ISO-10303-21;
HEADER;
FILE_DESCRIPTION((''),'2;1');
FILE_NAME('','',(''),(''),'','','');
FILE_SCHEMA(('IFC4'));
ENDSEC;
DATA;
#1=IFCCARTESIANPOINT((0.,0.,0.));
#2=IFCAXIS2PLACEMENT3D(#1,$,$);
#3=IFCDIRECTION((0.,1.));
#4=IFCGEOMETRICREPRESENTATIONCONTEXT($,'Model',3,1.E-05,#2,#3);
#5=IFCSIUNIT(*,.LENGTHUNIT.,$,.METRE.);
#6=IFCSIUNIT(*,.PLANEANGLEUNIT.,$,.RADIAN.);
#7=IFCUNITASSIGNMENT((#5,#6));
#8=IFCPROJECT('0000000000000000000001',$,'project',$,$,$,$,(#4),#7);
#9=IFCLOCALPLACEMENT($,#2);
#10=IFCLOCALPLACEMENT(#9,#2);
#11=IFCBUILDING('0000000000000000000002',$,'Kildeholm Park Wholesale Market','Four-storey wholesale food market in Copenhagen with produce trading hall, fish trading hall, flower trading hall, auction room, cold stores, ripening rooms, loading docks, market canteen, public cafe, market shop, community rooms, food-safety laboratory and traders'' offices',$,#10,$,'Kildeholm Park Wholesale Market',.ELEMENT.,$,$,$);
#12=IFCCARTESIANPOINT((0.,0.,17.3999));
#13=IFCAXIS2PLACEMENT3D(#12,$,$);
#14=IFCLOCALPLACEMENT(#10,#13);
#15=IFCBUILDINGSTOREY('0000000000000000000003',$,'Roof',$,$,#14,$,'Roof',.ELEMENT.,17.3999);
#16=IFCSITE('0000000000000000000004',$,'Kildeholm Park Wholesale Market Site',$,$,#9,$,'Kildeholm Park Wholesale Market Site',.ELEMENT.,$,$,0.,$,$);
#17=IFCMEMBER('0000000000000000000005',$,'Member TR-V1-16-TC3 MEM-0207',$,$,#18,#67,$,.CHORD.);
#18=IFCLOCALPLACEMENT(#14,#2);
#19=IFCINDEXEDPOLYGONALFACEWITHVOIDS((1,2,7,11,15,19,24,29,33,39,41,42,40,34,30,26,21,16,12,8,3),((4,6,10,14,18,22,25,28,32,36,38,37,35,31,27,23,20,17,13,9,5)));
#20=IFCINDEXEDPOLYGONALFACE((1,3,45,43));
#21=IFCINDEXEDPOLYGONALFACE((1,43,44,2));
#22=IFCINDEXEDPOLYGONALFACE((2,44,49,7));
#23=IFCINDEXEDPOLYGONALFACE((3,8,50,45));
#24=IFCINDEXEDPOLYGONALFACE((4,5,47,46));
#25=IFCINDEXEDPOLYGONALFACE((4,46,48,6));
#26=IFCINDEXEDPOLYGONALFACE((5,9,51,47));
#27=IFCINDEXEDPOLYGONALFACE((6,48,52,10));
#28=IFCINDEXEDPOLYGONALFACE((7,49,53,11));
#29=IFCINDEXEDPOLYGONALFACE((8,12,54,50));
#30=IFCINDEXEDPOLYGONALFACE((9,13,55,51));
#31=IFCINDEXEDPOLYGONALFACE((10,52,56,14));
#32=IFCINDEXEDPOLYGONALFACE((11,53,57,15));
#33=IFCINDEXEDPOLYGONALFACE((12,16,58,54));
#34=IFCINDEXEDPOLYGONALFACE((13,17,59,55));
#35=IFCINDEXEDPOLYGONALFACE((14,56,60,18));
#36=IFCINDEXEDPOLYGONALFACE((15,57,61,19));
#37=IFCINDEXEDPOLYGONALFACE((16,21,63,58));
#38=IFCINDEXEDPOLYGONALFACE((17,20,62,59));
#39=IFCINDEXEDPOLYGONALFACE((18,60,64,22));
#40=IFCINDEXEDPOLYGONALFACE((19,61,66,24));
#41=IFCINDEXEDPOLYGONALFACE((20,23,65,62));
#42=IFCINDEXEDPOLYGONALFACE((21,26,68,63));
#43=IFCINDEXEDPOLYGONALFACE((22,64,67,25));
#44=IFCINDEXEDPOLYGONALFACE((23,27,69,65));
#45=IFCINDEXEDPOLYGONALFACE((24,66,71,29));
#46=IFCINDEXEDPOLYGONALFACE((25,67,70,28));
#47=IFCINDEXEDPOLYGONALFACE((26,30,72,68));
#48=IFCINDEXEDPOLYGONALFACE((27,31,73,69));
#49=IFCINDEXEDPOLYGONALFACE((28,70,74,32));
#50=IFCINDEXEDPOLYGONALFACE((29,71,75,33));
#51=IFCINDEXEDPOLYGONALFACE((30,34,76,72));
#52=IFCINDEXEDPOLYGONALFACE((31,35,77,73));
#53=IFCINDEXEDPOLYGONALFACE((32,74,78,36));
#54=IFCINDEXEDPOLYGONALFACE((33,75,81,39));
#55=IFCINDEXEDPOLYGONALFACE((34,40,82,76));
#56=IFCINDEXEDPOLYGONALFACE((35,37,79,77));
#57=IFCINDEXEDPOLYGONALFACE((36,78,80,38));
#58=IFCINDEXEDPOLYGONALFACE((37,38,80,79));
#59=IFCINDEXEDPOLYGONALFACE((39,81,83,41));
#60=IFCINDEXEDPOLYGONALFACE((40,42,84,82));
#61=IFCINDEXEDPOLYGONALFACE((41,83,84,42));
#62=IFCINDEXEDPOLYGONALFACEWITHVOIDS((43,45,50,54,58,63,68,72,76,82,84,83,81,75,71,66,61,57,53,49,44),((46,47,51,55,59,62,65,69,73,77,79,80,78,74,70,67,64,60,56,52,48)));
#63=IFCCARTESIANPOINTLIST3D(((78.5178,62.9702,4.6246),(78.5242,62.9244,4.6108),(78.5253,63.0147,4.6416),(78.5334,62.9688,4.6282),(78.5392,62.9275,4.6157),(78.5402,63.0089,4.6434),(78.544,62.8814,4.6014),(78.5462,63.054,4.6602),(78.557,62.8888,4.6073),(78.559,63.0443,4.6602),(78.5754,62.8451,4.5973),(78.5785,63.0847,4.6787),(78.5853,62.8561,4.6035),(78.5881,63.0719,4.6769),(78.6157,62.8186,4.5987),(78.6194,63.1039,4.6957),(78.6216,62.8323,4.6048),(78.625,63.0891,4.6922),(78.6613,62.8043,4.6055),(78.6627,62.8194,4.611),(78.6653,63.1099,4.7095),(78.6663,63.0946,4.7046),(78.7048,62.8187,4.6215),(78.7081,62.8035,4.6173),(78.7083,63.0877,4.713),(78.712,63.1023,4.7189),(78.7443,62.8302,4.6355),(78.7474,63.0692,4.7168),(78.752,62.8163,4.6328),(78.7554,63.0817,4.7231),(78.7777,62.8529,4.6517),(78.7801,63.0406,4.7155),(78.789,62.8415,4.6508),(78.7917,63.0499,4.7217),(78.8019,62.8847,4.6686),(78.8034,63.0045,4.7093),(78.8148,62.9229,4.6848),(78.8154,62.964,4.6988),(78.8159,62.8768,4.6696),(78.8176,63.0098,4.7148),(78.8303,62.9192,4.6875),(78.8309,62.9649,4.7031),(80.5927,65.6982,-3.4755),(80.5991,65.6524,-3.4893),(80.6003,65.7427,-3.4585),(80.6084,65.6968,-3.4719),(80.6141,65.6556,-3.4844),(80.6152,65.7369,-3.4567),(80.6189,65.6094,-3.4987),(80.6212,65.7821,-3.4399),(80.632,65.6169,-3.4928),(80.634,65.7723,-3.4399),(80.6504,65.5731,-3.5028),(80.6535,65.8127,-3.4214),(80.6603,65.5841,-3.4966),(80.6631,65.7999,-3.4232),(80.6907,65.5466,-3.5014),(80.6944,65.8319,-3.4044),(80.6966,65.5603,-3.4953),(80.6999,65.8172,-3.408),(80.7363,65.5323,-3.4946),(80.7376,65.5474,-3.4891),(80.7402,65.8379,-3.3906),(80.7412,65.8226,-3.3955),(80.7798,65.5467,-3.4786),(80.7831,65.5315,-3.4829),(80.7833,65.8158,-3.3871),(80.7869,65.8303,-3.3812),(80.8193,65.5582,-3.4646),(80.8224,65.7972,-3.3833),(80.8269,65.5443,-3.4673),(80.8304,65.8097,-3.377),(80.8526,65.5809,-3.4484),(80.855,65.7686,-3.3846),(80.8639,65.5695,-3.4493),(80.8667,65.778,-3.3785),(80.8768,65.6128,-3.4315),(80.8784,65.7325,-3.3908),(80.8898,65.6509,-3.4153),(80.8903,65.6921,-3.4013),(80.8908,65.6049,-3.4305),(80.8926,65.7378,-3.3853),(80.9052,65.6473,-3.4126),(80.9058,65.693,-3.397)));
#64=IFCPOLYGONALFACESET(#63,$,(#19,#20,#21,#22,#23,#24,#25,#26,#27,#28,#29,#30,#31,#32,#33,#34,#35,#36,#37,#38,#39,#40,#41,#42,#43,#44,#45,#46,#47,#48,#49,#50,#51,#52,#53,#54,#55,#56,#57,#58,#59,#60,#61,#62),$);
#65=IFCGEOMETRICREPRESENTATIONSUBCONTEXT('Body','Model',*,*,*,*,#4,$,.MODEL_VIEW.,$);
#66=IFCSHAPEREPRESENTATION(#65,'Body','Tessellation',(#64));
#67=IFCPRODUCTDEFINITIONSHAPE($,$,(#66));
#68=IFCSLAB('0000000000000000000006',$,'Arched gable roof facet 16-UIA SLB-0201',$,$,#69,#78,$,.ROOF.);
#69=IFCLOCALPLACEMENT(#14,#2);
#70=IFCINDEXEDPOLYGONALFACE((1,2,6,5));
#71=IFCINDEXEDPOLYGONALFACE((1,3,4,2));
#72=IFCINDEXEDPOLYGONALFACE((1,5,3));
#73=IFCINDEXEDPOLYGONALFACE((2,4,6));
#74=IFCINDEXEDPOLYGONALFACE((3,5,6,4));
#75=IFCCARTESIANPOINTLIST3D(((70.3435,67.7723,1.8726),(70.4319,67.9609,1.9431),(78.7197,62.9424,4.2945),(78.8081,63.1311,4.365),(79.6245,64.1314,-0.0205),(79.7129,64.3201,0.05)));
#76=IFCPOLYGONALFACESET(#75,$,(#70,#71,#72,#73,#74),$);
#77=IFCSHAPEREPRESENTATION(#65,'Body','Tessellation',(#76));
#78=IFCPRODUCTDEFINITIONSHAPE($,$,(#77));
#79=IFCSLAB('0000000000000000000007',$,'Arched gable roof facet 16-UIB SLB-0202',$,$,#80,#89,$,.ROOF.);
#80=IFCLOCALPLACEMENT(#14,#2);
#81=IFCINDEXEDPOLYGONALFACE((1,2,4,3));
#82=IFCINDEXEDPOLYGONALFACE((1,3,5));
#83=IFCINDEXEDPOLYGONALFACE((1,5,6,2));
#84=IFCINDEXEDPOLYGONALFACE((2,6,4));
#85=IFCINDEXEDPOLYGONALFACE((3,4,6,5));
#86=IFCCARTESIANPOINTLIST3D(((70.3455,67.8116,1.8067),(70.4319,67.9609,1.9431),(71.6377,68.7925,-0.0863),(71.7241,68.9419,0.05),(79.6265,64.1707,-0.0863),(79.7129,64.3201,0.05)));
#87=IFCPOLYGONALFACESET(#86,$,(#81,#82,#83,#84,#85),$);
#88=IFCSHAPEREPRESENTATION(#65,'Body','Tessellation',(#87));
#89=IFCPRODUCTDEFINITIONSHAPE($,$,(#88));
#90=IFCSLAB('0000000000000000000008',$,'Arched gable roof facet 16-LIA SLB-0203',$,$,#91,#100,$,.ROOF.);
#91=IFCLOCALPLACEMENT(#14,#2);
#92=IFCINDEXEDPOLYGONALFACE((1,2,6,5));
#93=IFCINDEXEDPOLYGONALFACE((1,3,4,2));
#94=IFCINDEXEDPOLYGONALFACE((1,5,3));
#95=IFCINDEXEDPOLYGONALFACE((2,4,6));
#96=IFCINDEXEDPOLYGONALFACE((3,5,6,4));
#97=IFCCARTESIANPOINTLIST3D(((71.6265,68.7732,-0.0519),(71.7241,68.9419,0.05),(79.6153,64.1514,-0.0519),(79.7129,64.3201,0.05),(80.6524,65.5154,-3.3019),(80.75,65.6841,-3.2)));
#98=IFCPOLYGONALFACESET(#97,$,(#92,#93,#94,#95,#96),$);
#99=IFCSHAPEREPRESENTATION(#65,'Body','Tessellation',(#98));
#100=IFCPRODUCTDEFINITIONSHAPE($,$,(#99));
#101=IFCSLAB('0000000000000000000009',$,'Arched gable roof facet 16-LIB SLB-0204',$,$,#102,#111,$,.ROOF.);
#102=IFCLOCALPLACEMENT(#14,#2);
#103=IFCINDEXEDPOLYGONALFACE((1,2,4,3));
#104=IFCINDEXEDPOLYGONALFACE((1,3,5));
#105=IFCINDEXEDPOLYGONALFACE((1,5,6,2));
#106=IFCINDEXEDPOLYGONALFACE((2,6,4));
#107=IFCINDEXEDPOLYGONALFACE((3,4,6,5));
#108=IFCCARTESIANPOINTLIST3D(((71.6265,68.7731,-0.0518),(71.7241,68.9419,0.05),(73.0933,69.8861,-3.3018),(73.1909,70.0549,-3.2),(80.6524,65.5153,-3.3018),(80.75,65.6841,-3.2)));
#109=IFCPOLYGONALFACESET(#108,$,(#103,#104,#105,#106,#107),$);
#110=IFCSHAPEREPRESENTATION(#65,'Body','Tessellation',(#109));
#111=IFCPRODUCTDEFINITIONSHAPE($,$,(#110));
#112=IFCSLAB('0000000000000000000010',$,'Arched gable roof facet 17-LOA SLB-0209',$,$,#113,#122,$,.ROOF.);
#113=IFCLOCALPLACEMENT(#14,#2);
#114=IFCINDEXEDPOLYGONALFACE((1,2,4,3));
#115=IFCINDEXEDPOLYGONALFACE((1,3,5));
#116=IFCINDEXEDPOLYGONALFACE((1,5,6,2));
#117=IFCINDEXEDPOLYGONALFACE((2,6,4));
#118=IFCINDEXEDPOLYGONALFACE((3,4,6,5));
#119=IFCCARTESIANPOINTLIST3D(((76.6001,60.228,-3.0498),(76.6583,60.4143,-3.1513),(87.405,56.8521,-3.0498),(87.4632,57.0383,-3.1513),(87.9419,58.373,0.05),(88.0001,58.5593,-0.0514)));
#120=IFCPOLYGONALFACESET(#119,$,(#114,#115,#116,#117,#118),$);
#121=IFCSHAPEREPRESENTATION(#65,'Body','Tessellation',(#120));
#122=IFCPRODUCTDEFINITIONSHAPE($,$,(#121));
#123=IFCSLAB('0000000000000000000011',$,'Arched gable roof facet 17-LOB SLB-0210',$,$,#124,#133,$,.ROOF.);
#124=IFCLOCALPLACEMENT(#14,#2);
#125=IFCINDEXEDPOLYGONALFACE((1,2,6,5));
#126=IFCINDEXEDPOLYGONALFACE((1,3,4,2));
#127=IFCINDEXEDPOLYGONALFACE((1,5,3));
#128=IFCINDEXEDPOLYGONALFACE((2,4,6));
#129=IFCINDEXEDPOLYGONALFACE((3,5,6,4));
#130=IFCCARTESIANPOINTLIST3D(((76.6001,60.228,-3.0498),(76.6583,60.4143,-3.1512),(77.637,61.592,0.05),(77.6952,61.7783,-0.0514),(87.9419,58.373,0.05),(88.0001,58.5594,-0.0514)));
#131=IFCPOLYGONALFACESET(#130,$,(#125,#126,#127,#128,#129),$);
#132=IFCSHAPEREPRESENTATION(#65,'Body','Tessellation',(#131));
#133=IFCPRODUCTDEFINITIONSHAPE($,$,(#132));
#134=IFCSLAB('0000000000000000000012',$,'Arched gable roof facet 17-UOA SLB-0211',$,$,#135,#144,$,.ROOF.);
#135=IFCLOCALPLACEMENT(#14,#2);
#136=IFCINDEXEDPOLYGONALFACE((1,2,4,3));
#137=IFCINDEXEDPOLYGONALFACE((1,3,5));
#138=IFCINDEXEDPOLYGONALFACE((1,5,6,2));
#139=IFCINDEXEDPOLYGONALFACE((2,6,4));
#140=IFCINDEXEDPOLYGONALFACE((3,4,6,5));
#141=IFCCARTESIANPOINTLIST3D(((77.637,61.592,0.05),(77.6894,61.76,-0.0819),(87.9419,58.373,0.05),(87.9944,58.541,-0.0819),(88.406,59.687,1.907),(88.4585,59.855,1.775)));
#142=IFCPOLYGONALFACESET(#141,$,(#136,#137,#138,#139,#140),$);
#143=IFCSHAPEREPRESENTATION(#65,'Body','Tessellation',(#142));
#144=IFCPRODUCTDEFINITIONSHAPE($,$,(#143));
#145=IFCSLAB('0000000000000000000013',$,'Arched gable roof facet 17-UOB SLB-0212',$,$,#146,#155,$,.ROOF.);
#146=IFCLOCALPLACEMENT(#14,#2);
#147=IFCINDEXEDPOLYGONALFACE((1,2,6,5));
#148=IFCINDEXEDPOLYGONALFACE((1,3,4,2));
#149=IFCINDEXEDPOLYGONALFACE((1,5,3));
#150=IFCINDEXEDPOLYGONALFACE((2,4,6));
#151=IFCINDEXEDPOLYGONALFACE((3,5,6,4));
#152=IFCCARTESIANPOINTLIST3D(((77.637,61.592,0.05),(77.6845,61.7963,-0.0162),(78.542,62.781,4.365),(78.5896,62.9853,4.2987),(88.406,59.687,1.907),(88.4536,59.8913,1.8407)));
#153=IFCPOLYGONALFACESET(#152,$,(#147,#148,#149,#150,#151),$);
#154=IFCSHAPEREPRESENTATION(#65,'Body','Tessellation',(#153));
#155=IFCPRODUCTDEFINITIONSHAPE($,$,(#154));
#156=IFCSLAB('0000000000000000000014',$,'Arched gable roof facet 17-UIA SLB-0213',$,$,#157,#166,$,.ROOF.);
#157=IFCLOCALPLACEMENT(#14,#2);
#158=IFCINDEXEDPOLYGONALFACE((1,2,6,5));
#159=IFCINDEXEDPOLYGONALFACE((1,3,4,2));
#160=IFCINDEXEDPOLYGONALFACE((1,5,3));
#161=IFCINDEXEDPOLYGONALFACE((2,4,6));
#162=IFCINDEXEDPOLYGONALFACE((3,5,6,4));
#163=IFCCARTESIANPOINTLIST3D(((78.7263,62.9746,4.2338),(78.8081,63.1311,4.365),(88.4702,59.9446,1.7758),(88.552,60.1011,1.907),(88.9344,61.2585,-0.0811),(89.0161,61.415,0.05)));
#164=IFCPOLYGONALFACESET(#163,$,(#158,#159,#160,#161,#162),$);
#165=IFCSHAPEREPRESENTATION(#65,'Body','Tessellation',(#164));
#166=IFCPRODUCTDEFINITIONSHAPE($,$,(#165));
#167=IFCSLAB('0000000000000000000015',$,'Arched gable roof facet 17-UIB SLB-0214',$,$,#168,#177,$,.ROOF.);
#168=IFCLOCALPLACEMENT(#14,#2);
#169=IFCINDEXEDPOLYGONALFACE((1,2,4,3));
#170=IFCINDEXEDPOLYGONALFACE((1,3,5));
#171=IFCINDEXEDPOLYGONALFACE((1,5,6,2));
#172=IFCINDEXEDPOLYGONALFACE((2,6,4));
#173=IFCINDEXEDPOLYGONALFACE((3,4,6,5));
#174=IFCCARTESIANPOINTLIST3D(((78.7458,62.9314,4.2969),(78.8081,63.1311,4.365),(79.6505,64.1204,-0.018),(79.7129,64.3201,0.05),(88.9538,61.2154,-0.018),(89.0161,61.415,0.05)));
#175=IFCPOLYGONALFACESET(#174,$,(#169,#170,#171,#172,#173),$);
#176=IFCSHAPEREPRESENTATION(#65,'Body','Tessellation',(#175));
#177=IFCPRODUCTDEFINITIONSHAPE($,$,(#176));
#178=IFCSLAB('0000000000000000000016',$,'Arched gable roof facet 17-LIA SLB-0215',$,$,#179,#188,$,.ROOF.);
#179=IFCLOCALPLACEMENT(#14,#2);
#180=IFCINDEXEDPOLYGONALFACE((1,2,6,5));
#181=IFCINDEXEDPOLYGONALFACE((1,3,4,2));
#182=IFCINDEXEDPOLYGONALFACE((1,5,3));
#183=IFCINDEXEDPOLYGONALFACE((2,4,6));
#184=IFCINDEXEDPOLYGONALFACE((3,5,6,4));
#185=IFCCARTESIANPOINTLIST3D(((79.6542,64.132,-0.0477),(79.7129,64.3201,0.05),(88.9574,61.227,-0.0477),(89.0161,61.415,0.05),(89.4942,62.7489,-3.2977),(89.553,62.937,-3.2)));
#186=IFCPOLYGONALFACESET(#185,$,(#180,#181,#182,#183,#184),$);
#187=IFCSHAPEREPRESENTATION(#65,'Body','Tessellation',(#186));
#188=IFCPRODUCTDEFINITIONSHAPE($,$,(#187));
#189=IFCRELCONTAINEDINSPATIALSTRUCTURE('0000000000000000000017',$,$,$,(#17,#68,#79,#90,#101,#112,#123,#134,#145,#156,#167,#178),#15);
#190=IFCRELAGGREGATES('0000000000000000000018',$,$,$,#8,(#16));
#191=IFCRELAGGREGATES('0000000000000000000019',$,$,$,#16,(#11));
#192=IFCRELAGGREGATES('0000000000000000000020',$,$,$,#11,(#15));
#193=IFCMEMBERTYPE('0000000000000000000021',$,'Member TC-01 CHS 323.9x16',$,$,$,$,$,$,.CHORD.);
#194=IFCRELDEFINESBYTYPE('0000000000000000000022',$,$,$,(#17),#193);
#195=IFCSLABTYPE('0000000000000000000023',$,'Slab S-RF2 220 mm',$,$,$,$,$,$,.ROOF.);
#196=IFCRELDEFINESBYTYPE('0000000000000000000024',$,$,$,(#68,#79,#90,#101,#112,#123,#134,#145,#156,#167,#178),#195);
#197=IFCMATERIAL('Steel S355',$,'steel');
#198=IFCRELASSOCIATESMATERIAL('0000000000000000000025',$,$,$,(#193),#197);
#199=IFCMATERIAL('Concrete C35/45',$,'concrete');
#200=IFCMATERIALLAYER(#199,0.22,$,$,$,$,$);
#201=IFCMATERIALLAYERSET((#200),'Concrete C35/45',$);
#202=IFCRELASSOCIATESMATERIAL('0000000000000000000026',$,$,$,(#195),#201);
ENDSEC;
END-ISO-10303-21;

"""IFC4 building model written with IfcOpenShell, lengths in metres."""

from ifc_helpers import new_model, si_unit, direction, frame, origin, origin_2d, place, context, subcontext, project, spatial, polyline, hollow_circle, outline, extrude, material, layer, layer_set, material_profile, profile_set, type_object, element, save


model = new_model("IFC4")

# Units and contexts
model_context = context("Model", 3, precision=1e-05, world=origin(), true_north=direction((0.0, 1.0)))
body_context = subcontext(model_context, "Body", "Model", "MODEL_VIEW")
ifc_project = project(units=[si_unit("LENGTHUNIT", "METRE"), si_unit("PLANEANGLEUNIT", "RADIAN")], contexts=[model_context])

# Site, building, storey
site_placement = place(None, origin())
site = spatial("IfcSite", under=ifc_project, at=site_placement, Name="Kildeholm Park Wholesale Market Site", LongName="Kildeholm Park Wholesale Market Site", CompositionType="ELEMENT", RefElevation=0.0)
building_placement = place(site_placement, origin())
building = spatial("IfcBuilding", under=site, at=building_placement, Name="Kildeholm Park Wholesale Market", Description="Four-storey wholesale food market in Copenhagen with produce trading hall, fish trading hall, flower trading hall, auction room, cold stores, ripening rooms, loading docks, market canteen, public cafe, market shop, community rooms, food-safety laboratory and traders' offices", LongName="Kildeholm Park Wholesale Market", CompositionType="ELEMENT")
storey_placement = place(building_placement, frame((0.0, 0.0, 17.3999)))
storey = spatial("IfcBuildingStorey", under=building, at=storey_placement, Name="Roof", LongName="Roof", CompositionType="ELEMENT", Elevation=17.3999)

# Member
ifc_material_1 = material(Name="Steel S355", Category="steel")
ifc_material_profile_1 = material_profile(ifc_material_1, hollow_circle(Radius=0.1619, WallThickness=0.0161, at=origin_2d()), Name="CHS 323.9x16")
ifc_profile_set_1 = profile_set([ifc_material_profile_1], Name="Steel S355")
member_type_1 = type_object("IfcMemberType", Name="Member TC-01 CHS 323.9x16", PredefinedType="CHORD", material=ifc_profile_set_1)
member_1_placement = place(storey_placement, frame((78.675, 62.9561, 4.6602), z_axis=(0.235913, 0.310165, -0.920947), x_axis=(-0.79593, 0.605388, 0.0)))
element("IfcMember", 1, at=member_1_placement, inside=storey, type_object=member_type_1, Name="Member TR-V1-16-TC3 MEM-0207", PredefinedType="CHORD", context=body_context, shape_type="SweptSolid", body=[
    extrude(hollow_circle(Radius=0.1619, WallThickness=0.0161, at=origin_2d()), origin(), (0.0, 0.0, 1.0), 8.7954),
])

# Slabs
ifc_material_2 = material(Name="Concrete C35/45", Category="concrete")
ifc_layer_1 = layer(ifc_material_2, 0.22)
ifc_layer_set_1 = layer_set([ifc_layer_1], Name="Concrete C35/45")
slab_type = type_object("IfcSlabType", Name="Slab S-RF2 220 mm", PredefinedType="ROOF", material=ifc_layer_set_1)
slab_1_placement = place(storey_placement, frame((70.4319, 67.9609, 1.9431), z_axis=(0.401877, 0.857731, 0.320613), x_axis=(0.840341, -0.484551, 0.242974)))
element("IfcSlab", 2, at=slab_1_placement, inside=storey, type_object=slab_type, Name="Arched gable roof facet 16-UIA SLB-0201", PredefinedType="ROOF", context=body_context, shape_type="SweptSolid", body=[
    extrude(outline(polyline([(0.0, 0.0), (9.9676, 0.0), (9.1034, 4.4838), (0.0, 0.0)])), origin(), (0.0, 0.0, -1.0), 0.22),
])
slab_2_placement = place(storey_placement, frame((70.4319, 67.9609, 1.9431), z_axis=(0.392877, 0.679084, 0.620075), x_axis=(0.914588, -0.358786, -0.18655)))
element("IfcSlab", 3, at=slab_2_placement, inside=storey, type_object=slab_type, Name="Arched gable roof facet 16-UIB SLB-0202", PredefinedType="ROOF", context=body_context, shape_type="SweptSolid", body=[
    extrude(outline(polyline([(0.0, 0.0), (10.1477, 0.0), (1.1831, 2.1946), (0.0, 0.0)])), origin(), (0.0, 0.0, -1.0), 0.22),
])
slab_3_placement = place(storey_placement, frame((71.7241, 68.9419, 0.05), z_axis=(0.443733, 0.766986, 0.463501), x_axis=(0.865579, -0.500772, 0.0)))
element("IfcSlab", 4, at=slab_3_placement, inside=storey, type_object=slab_type, Name="Arched gable roof facet 16-LIA SLB-0203", PredefinedType="ROOF", context=body_context, shape_type="SweptSolid", body=[
    extrude(outline(polyline([(0.0, 0.0), (9.2294, 0.0), (9.444, 3.6678), (0.0, 0.0)])), origin(), (0.0, 0.0, -1.0), 0.22),
])
slab_4_placement = place(storey_placement, frame((71.7241, 68.9419, 0.05), z_axis=(0.443676, 0.767308, 0.463023), x_axis=(0.890894, -0.321561, -0.320789)))
element("IfcSlab", 5, at=slab_4_placement, inside=storey, type_object=slab_type, Name="Arched gable roof facet 16-LIB SLB-0204", PredefinedType="ROOF", context=body_context, shape_type="SweptSolid", body=[
    extrude(outline(polyline([(0.0, 0.0), (10.1313, 0.0), (1.9914, 3.1602), (0.0, 0.0)])), origin(), (0.0, 0.0, -1.0), 0.22),
])
slab_5_placement = place(storey_placement, frame((76.6001, 60.228, -3.0498), z_axis=(-0.264595, -0.846847, 0.461345), x_axis=(0.954494, -0.29823, 0.0)))
element("IfcSlab", 6, at=slab_5_placement, inside=storey, type_object=slab_type, Name="Arched gable roof facet 17-LOA SLB-0209", PredefinedType="ROOF", context=body_context, shape_type="SweptSolid", body=[
    extrude(outline(polyline([(0.0, 0.0), (11.3201, 0.0), (11.3789, 3.4939), (0.0, 0.0)])), origin(), (0.0, 0.0, -1.0), 0.22),
])
slab_6_placement = place(storey_placement, frame((76.6001, 60.228, -3.0498), z_axis=(-0.264565, -0.84695, 0.461173), x_axis=(0.952835, -0.155839, 0.260422)))
element("IfcSlab", 7, at=slab_6_placement, inside=storey, type_object=slab_type, Name="Arched gable roof facet 17-LOB SLB-0210", PredefinedType="ROOF", context=body_context, shape_type="SweptSolid", body=[
    extrude(outline(polyline([(0.0, 0.0), (11.9032, 0.0), (1.5827, 3.1686), (0.0, 0.0)])), origin(), (0.0, 0.0, -1.0), 0.22),
])
slab_7_placement = place(storey_placement, frame((77.637, 61.592, 0.05), z_axis=(-0.23854, -0.763635, 0.599967), x_axis=(0.954514, -0.298166, 0.0)))
element("IfcSlab", 8, at=slab_7_placement, inside=storey, type_object=slab_type, Name="Arched gable roof facet 17-UOA SLB-0211", PredefinedType="ROOF", context=body_context, shape_type="SweptSolid", body=[
    extrude(outline(polyline([(0.0, 0.0), (10.796, 0.0), (10.8472, 2.3211), (0.0, 0.0)])), origin(), (0.0, 0.0, -1.0), 0.22),
])
slab_8_placement = place(storey_placement, frame((77.637, 61.592, 0.05), z_axis=(-0.216232, -0.928703, 0.301254), x_axis=(0.970816, -0.171736, 0.1674)))
element("IfcSlab", 9, at=slab_8_placement, inside=storey, type_object=slab_type, Name="Arched gable roof facet 17-UOB SLB-0212", PredefinedType="ROOF", context=body_context, shape_type="SweptSolid", body=[
    extrude(outline(polyline([(0.0, 0.0), (11.0928, 0.0), (1.3968, 4.3475), (0.0, 0.0)])), origin(), (0.0, 0.0, -1.0), 0.22),
])
slab_9_placement = place(storey_placement, frame((78.8081, 63.1311, 4.365), z_axis=(0.371686, 0.711491, 0.596347), x_axis=(0.928342, -0.288684, -0.234185)))
element("IfcSlab", 10, at=slab_9_placement, inside=storey, type_object=slab_type, Name="Arched gable roof facet 17-UIA SLB-0213", PredefinedType="ROOF", context=body_context, shape_type="SweptSolid", body=[
    extrude(outline(polyline([(0.0, 0.0), (10.496, 0.0), (10.9824, 2.2701), (0.0, 0.0)])), origin(), (0.0, 0.0, -1.0), 0.22),
])
slab_10_placement = place(storey_placement, frame((78.8081, 63.1311, 4.365), z_axis=(0.283428, 0.907666, 0.309535), x_axis=(0.910244, -0.153021, -0.384761)))
element("IfcSlab", 11, at=slab_10_placement, inside=storey, type_object=slab_type, Name="Arched gable roof facet 17-UIB SLB-0214", PredefinedType="ROOF", context=body_context, shape_type="SweptSolid", body=[
    extrude(outline(polyline([(0.0, 0.0), (11.2146, 0.0), (2.3019, 3.9437), (0.0, 0.0)])), origin(), (0.0, 0.0, -1.0), 0.22),
])
slab_11_placement = place(storey_placement, frame((79.7129, 64.3201, 0.05), z_axis=(0.266998, 0.85505, 0.444524), x_axis=(0.954545, -0.298067, 0.0)))
element("IfcSlab", 12, at=slab_11_placement, inside=storey, type_object=slab_type, Name="Arched gable roof facet 17-LIA SLB-0215", PredefinedType="ROOF", context=body_context, shape_type="SweptSolid", body=[
    extrude(outline(polyline([(0.0, 0.0), (9.7462, 0.0), (9.8051, 3.6282), (0.0, 0.0)])), origin(), (0.0, 0.0, -1.0), 0.22),
])

save(model, "model.ifc")
